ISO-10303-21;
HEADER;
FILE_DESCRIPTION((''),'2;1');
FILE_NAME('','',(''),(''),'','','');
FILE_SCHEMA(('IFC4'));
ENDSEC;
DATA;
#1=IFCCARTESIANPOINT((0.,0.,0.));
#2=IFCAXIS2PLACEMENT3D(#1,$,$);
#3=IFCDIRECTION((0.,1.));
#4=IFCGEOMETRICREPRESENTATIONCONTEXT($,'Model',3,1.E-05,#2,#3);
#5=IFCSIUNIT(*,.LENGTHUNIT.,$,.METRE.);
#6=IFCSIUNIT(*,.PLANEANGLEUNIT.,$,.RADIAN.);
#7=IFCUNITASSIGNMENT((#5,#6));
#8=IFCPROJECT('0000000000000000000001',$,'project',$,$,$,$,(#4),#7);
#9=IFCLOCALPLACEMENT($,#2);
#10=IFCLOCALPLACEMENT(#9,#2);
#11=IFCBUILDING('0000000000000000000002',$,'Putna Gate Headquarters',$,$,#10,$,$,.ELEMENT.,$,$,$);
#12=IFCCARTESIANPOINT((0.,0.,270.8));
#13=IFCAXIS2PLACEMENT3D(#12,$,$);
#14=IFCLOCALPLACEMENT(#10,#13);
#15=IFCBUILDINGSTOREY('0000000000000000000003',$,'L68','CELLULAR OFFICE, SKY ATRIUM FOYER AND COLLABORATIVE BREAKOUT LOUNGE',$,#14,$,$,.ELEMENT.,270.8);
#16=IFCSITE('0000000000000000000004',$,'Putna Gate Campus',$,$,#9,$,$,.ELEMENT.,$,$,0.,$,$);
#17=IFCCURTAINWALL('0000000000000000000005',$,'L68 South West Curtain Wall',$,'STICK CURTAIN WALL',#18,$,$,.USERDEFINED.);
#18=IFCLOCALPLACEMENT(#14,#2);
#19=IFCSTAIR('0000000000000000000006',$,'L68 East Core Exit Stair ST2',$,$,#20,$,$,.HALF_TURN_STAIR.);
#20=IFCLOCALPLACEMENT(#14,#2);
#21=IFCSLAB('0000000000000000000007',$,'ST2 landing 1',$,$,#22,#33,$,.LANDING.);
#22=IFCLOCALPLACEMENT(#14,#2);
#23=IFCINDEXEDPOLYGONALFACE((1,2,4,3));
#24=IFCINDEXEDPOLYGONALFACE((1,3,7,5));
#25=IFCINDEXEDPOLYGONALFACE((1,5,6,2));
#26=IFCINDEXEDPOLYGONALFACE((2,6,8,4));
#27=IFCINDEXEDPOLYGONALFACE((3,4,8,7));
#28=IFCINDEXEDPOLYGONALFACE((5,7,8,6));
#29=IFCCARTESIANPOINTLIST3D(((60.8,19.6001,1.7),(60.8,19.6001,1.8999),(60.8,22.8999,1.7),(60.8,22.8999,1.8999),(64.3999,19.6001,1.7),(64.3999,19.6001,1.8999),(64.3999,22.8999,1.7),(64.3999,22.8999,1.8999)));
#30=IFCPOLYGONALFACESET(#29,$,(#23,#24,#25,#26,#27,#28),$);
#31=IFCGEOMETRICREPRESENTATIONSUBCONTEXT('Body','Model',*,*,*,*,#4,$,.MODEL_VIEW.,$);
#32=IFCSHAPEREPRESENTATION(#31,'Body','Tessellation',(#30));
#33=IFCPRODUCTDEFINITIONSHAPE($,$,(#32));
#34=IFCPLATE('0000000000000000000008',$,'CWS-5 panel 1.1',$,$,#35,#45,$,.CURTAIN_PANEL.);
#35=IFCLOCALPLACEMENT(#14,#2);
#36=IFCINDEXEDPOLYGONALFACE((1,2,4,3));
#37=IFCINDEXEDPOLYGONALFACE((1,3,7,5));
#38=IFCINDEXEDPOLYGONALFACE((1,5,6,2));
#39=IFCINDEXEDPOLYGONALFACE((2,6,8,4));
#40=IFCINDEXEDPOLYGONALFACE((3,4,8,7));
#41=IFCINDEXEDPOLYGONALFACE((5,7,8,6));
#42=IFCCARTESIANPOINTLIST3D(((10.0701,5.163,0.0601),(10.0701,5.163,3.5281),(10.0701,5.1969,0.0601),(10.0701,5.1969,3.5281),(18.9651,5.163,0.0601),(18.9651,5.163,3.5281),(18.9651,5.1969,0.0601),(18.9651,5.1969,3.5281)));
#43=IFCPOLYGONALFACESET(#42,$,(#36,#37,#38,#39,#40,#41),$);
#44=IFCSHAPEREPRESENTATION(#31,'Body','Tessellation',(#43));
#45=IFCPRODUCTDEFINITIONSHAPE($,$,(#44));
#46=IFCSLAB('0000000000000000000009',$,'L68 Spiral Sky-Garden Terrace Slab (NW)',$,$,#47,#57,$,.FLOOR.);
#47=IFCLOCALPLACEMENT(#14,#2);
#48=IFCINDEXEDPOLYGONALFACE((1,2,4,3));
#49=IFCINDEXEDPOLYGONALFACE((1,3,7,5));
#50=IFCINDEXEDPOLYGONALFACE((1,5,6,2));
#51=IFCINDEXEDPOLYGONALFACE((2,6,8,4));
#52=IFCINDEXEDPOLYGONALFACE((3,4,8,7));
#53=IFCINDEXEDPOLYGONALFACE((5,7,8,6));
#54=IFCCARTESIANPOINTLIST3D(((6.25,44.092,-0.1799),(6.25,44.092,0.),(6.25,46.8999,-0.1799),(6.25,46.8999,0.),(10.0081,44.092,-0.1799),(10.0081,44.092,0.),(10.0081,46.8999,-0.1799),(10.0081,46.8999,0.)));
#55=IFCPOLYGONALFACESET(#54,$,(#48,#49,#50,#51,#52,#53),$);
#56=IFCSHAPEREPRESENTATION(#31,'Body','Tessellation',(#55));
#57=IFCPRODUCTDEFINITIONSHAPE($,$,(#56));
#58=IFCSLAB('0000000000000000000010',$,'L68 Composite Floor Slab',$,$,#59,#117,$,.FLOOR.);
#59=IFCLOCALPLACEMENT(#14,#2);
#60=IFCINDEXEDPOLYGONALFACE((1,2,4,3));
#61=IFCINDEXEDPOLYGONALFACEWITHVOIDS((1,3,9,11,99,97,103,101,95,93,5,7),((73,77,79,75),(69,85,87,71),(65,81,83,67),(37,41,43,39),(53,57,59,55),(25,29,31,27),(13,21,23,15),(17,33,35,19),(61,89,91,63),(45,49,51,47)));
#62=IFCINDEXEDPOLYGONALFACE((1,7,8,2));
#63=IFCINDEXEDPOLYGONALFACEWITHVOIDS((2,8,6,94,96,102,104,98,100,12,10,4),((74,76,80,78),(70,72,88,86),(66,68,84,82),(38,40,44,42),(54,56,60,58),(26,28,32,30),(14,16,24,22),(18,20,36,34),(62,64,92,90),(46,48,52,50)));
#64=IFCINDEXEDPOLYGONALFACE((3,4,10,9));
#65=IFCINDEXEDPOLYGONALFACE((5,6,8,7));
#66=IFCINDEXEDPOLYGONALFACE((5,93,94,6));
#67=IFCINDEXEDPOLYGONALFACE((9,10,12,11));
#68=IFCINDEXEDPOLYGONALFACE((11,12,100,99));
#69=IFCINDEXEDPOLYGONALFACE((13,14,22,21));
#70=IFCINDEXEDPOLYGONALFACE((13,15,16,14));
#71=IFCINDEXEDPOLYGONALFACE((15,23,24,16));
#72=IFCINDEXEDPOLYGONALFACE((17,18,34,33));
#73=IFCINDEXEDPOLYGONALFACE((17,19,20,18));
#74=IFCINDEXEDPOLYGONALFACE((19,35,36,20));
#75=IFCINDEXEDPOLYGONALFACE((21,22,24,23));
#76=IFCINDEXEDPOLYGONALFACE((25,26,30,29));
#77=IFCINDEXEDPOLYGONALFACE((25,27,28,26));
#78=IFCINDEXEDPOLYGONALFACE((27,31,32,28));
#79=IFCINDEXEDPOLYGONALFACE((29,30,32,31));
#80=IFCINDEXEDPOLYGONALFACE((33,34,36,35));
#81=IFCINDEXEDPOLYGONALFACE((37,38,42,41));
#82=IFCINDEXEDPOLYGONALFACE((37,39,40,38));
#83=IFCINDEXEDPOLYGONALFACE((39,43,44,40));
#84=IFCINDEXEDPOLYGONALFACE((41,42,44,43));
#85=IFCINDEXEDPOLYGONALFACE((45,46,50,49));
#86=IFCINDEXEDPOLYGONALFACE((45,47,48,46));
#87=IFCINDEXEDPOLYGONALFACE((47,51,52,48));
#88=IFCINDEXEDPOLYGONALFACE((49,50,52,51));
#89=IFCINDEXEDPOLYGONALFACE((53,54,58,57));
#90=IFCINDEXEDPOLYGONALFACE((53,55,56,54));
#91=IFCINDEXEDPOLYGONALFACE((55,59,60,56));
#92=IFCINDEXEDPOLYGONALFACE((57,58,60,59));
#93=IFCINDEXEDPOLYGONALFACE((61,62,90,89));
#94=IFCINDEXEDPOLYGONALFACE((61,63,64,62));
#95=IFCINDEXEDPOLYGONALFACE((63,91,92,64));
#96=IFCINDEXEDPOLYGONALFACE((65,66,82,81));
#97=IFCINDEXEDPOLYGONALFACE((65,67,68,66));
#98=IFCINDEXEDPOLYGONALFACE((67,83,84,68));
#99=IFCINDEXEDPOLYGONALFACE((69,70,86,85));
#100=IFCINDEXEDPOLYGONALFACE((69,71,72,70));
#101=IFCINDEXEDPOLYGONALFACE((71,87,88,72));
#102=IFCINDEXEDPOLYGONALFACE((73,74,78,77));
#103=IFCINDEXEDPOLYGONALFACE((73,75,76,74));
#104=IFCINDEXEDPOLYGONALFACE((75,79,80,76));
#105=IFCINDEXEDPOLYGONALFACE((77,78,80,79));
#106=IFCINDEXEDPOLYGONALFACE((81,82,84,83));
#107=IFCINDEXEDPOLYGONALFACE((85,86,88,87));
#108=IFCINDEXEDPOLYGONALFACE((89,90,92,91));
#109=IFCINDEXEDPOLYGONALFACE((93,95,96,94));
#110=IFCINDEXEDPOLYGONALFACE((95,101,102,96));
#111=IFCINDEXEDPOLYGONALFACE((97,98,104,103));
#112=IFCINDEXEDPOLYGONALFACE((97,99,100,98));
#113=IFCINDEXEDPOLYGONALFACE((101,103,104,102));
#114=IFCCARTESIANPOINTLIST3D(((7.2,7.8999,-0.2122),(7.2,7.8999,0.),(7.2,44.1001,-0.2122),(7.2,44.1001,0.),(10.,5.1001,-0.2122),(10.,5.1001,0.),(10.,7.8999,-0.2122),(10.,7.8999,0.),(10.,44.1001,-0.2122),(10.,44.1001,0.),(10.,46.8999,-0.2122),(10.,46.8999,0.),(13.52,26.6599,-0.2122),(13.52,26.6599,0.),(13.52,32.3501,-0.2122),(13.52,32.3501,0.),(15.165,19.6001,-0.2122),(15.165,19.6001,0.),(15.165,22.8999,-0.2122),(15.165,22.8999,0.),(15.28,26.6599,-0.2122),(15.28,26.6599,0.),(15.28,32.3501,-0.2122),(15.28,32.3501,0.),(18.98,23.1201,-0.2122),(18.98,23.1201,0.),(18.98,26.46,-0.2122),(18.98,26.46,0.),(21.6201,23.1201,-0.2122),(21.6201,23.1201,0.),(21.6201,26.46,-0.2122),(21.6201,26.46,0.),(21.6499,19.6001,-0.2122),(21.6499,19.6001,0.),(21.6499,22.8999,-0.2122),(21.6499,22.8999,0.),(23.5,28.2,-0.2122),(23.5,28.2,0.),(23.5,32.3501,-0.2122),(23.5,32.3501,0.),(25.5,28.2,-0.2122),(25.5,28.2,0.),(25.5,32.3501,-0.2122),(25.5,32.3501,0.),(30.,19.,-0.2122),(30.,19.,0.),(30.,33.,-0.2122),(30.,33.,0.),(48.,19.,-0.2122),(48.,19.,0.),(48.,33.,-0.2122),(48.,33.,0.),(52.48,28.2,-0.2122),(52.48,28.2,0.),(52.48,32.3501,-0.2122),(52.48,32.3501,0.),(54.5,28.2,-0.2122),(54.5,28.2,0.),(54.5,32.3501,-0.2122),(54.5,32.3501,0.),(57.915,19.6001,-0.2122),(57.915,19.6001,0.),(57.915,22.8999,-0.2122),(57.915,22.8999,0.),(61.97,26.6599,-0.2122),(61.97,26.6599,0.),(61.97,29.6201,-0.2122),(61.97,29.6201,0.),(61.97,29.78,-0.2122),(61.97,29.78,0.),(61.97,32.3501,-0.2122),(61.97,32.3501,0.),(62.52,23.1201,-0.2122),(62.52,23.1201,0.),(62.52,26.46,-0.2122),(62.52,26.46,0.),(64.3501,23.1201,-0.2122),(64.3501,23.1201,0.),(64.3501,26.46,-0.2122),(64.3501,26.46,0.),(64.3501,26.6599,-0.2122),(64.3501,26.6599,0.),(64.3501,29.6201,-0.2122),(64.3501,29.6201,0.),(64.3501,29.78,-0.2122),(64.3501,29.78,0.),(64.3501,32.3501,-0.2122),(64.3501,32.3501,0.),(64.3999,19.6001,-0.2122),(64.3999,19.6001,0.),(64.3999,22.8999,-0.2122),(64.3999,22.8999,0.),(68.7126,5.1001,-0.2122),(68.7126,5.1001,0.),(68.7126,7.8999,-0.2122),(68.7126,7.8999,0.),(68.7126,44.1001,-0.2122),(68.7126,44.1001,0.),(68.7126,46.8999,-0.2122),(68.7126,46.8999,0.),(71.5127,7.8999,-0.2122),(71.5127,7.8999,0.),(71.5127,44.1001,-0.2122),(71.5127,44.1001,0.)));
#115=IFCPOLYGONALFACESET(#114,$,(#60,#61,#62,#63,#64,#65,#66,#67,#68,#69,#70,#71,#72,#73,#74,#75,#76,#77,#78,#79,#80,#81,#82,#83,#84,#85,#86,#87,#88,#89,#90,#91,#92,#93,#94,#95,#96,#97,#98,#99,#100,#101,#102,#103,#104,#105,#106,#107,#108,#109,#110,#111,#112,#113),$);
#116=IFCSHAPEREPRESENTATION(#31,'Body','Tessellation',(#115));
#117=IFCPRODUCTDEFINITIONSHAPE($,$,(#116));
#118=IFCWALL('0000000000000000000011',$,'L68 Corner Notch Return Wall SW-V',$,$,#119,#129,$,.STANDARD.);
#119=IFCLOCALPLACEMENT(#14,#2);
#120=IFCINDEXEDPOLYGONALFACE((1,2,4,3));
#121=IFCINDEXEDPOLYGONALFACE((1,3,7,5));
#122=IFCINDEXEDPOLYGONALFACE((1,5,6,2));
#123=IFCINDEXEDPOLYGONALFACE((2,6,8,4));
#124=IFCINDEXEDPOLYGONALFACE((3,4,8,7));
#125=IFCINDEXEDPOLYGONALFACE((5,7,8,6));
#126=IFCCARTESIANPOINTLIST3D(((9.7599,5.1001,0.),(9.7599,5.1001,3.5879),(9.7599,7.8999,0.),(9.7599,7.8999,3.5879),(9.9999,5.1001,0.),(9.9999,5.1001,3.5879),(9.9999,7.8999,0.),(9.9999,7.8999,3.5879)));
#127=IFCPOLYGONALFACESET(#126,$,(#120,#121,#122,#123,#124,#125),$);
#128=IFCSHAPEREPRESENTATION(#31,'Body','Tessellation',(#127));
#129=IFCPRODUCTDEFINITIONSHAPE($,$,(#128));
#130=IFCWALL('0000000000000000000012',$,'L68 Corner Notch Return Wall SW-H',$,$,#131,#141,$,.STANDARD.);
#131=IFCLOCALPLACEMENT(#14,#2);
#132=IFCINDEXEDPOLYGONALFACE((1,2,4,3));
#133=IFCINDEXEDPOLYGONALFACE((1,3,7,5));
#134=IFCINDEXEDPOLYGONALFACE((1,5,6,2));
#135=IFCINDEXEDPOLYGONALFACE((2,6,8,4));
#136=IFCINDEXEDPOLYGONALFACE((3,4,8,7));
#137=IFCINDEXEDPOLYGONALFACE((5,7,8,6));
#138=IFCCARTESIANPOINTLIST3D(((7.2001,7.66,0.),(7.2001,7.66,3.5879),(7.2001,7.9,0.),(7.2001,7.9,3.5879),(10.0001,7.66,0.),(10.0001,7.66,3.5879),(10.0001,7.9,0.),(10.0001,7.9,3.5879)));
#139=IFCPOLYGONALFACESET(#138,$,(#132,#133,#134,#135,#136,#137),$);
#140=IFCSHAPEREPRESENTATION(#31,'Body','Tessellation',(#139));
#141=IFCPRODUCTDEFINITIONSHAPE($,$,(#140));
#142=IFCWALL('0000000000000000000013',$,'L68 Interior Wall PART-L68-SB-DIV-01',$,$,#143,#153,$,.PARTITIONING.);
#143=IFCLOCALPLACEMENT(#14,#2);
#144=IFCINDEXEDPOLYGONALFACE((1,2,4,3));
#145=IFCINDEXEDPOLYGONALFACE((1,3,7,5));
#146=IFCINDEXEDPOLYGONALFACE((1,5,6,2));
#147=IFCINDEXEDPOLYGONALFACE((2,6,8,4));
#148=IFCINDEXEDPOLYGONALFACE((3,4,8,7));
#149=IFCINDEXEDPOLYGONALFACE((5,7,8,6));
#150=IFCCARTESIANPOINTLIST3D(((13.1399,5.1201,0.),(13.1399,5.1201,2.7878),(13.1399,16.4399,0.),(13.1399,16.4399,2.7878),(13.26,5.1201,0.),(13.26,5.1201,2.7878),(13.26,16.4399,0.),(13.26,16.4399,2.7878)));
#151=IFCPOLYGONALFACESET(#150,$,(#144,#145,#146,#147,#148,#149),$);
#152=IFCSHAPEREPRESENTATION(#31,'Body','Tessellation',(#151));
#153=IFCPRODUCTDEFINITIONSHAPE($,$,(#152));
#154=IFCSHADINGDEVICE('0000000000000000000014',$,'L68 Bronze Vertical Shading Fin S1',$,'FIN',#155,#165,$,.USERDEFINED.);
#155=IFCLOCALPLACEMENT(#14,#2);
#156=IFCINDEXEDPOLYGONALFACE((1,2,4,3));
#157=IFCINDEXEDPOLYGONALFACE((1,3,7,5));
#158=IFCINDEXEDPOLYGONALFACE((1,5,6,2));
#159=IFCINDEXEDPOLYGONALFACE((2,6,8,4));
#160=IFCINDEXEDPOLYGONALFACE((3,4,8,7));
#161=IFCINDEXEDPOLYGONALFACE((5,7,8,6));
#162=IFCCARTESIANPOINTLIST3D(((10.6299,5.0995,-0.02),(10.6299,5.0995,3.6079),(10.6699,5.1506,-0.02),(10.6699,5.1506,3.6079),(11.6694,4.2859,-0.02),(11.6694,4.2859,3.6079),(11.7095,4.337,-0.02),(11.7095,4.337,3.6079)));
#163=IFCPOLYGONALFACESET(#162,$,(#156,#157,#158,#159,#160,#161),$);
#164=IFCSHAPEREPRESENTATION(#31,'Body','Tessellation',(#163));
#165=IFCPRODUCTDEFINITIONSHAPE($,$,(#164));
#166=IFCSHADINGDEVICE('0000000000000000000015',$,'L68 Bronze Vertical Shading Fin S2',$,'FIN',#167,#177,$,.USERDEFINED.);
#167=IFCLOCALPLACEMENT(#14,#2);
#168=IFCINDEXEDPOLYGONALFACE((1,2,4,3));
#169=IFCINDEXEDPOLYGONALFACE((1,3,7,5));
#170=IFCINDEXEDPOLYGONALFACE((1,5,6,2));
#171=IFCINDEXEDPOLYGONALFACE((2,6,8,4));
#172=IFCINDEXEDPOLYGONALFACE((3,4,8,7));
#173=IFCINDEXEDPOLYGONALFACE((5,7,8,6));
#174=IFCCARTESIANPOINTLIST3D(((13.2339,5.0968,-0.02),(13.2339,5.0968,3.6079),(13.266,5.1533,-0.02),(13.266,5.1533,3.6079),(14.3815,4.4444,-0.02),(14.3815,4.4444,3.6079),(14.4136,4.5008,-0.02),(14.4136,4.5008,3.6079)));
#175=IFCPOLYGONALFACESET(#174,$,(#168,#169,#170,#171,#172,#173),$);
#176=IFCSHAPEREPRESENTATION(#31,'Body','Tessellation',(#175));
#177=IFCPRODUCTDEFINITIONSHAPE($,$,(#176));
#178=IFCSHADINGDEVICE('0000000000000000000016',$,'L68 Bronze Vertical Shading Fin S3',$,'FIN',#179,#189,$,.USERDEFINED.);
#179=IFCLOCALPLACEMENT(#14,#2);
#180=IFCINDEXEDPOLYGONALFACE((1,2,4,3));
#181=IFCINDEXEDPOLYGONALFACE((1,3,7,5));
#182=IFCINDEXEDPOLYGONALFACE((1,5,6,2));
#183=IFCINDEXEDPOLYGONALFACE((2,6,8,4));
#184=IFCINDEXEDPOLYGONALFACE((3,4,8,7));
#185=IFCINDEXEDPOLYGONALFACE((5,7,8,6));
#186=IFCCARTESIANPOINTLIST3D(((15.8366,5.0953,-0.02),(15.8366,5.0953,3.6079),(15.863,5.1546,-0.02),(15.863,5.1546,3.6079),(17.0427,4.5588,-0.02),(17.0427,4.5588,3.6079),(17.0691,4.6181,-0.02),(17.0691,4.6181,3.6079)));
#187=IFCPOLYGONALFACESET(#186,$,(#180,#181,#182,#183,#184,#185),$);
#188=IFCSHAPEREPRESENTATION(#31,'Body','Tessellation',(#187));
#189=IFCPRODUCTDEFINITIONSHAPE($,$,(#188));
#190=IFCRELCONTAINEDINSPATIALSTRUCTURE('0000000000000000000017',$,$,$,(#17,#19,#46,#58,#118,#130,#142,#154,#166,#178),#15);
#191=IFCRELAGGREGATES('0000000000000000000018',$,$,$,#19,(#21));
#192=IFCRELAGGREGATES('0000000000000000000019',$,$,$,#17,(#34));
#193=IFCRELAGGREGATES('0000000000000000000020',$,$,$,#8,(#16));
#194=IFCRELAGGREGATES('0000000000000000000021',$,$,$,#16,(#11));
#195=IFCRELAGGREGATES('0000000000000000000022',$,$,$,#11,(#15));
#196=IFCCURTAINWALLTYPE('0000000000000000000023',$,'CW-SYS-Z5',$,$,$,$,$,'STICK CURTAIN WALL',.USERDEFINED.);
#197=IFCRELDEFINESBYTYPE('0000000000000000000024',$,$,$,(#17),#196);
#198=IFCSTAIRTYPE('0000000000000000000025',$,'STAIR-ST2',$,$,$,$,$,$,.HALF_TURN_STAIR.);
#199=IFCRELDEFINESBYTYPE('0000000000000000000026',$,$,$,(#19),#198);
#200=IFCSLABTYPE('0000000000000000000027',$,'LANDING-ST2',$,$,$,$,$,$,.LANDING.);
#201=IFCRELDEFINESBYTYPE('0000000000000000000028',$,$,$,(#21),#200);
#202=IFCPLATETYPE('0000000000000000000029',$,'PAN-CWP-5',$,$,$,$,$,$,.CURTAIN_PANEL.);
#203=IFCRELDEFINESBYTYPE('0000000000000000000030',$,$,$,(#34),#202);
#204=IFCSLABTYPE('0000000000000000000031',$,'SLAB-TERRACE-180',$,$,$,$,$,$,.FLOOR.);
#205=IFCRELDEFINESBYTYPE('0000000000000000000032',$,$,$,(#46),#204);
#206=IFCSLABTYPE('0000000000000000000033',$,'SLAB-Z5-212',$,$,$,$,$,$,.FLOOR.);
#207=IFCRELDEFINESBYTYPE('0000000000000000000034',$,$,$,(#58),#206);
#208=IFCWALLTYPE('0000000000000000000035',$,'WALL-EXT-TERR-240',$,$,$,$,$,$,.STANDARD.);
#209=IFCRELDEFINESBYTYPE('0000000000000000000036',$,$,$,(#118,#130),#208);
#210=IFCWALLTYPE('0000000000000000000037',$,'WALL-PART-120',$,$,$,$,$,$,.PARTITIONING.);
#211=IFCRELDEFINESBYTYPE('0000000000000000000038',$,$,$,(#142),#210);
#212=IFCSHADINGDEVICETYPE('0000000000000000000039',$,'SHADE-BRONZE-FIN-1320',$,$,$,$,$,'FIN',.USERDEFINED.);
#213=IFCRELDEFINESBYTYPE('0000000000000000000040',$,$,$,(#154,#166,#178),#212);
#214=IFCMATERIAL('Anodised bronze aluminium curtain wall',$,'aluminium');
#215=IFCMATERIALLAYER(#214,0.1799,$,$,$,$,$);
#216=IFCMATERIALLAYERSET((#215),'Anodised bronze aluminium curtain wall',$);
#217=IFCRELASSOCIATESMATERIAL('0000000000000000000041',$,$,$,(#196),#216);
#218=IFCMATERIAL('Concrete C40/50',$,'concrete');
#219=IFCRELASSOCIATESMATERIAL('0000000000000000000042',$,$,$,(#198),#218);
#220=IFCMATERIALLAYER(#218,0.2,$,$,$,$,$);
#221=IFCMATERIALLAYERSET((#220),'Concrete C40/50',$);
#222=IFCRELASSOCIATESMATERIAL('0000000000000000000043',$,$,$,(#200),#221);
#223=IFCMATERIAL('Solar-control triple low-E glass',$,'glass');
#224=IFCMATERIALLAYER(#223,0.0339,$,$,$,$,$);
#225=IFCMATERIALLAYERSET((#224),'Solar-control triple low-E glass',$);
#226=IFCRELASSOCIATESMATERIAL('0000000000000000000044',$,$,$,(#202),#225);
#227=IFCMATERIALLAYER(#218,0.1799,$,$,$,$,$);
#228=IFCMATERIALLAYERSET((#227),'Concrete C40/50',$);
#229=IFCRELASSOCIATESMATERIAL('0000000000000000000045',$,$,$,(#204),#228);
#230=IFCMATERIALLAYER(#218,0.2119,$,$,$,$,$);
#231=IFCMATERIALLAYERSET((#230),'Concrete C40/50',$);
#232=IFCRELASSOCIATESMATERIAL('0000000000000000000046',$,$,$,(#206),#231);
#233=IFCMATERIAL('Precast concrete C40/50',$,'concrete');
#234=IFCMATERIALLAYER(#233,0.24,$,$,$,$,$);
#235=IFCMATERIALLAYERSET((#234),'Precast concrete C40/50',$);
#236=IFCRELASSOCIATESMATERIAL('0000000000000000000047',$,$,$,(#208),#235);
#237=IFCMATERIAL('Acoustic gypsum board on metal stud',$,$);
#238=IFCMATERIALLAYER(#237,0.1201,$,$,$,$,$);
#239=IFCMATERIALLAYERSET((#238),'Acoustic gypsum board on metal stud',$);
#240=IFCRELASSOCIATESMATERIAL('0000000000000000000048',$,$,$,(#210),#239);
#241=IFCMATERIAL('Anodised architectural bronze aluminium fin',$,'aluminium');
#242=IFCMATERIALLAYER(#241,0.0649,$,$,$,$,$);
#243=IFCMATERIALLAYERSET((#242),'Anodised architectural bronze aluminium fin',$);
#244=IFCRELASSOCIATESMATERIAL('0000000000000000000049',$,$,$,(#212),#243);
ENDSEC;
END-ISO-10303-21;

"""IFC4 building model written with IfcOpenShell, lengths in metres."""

from ifc_helpers import new_model, si_unit, direction, frame, frame_2d, origin, origin_2d, place, context, subcontext, project, spatial, polyline, rectangle, outline, extrude, material, layer, layer_set, type_object, element, aggregate, save


model = new_model("IFC4")

# Units and contexts
model_context = context("Model", 3, precision=1e-05, world=origin(), true_north=direction((0.0, 1.0)))
body_context = subcontext(model_context, "Body", "Model", "MODEL_VIEW")
ifc_project = project(units=[si_unit("LENGTHUNIT", "METRE"), si_unit("PLANEANGLEUNIT", "RADIAN")], contexts=[model_context])

# Site, building, storey
site_placement = place(None, origin())
site = spatial("IfcSite", under=ifc_project, at=site_placement, Name="Putna Gate Campus", CompositionType="ELEMENT", RefElevation=0.0)
building_placement = place(site_placement, origin())
building = spatial("IfcBuilding", under=site, at=building_placement, Name="Putna Gate Headquarters", CompositionType="ELEMENT")
storey_placement = place(building_placement, frame((0.0, 0.0, 270.8)))
storey = spatial("IfcBuildingStorey", under=building, at=storey_placement, Name="L68", Description="CELLULAR OFFICE, SKY ATRIUM FOYER AND COLLABORATIVE BREAKOUT LOUNGE", CompositionType="ELEMENT", Elevation=270.8)

# Curtain wall
ifc_material_1 = material(Name="Anodised bronze aluminium curtain wall", Category="aluminium")
ifc_layer_1 = layer(ifc_material_1, 0.1799)
ifc_layer_set_1 = layer_set([ifc_layer_1], Name="Anodised bronze aluminium curtain wall")
curtain_wall_type = type_object("IfcCurtainWallType", Name="CW-SYS-Z5", ElementType="STICK CURTAIN WALL", PredefinedType="USERDEFINED", material=ifc_layer_set_1)
curtain_wall_1_placement = place(storey_placement, origin())
curtain_wall_1 = element("IfcCurtainWall", 1, at=curtain_wall_1_placement, inside=storey, type_object=curtain_wall_type, Name="L68 South West Curtain Wall", ObjectType="STICK CURTAIN WALL", PredefinedType="USERDEFINED")

# Stair, slab
ifc_material_2 = material(Name="Concrete C40/50", Category="concrete")
stair_type_1 = type_object("IfcStairType", Name="STAIR-ST2", PredefinedType="HALF_TURN_STAIR", material=ifc_material_2)
stair_1_placement = place(storey_placement, origin())
stair_1 = element("IfcStair", 2, at=stair_1_placement, inside=storey, type_object=stair_type_1, Name="L68 East Core Exit Stair ST2", PredefinedType="HALF_TURN_STAIR")
ifc_layer_2 = layer(ifc_material_2, 0.2)
ifc_layer_set_2 = layer_set([ifc_layer_2], Name="Concrete C40/50")
slab_type_1 = type_object("IfcSlabType", Name="LANDING-ST2", PredefinedType="LANDING", material=ifc_layer_set_2)
slab_1_placement = place(storey_placement, frame((0.0, 0.0, 1.7)))
slab_1 = element("IfcSlab", 3, at=slab_1_placement, type_object=slab_type_1, Name="ST2 landing 1", PredefinedType="LANDING", context=body_context, shape_type="SweptSolid", body=[
    extrude(outline(polyline([(60.8, 19.6001), (64.3999, 19.6001), (64.3999, 22.8999), (60.8, 22.8999), (60.8, 19.6001)])), origin(), (0.0, 0.0, 1.0), 0.2),
])
aggregate(stair_1, [slab_1])

# Plate
ifc_material_3 = material(Name="Solar-control triple low-E glass", Category="glass")
ifc_layer_3 = layer(ifc_material_3, 0.0339)
ifc_layer_set_3 = layer_set([ifc_layer_3], Name="Solar-control triple low-E glass")
plate_type = type_object("IfcPlateType", Name="PAN-CWP-5", PredefinedType="CURTAIN_PANEL", material=ifc_layer_set_3)
plate_placement = place(storey_placement, frame((14.5176, 5.1799, 0.0601), z_axis=(0.0, 0.0, 1.0), x_axis=(1.0, 0.0, 0.0)))
plate = element("IfcPlate", 4, at=plate_placement, type_object=plate_type, Name="CWS-5 panel 1.1", PredefinedType="CURTAIN_PANEL", context=body_context, shape_type="SweptSolid", body=[
    extrude(rectangle(XDim=8.895, YDim=0.0339, at=origin_2d()), origin(), (0.0, 0.0, 1.0), 3.468),
])
aggregate(curtain_wall_1, [plate])

# Slabs
ifc_layer_4 = layer(ifc_material_2, 0.1799)
ifc_layer_set_4 = layer_set([ifc_layer_4], Name="Concrete C40/50")
slab_type_2 = type_object("IfcSlabType", Name="SLAB-TERRACE-180", PredefinedType="FLOOR", material=ifc_layer_set_4)
slab_2_placement = place(storey_placement, frame((0.0, 0.0, -0.1799)))
element("IfcSlab", 5, at=slab_2_placement, inside=storey, type_object=slab_type_2, Name="L68 Spiral Sky-Garden Terrace Slab (NW)", PredefinedType="FLOOR", context=body_context, shape_type="SweptSolid", body=[
    extrude(outline(polyline([(6.25, 44.092), (10.0081, 44.092), (10.0081, 46.8999), (6.25, 46.8999), (6.25, 44.092)])), origin(), (0.0, 0.0, 1.0), 0.1799),
])
ifc_layer_5 = layer(ifc_material_2, 0.2119)
ifc_layer_set_5 = layer_set([ifc_layer_5], Name="Concrete C40/50")
slab_type_3 = type_object("IfcSlabType", Name="SLAB-Z5-212", PredefinedType="FLOOR", material=ifc_layer_set_5)
slab_3_placement = place(storey_placement, frame((0.0, 0.0, -0.2122)))
element("IfcSlab", 6, at=slab_3_placement, inside=storey, type_object=slab_type_3, Name="L68 Composite Floor Slab", PredefinedType="FLOOR", context=body_context, shape_type="SweptSolid", body=[
    extrude(outline(polyline([(10.0, 5.1001), (68.7126, 5.1001), (68.7126, 7.8999), (71.5127, 7.8999), (71.5127, 44.1001), (68.7126, 44.1001), (68.7126, 46.8999), (10.0, 46.8999), (10.0, 44.1001), (7.2, 44.1001), (7.2, 7.8999), (10.0, 7.8999), (10.0, 5.1001)]), holes=[polyline([(15.165, 19.6001), (21.6499, 19.6001), (21.6499, 22.8999), (15.165, 22.8999), (15.165, 19.6001)]), polyline([(57.915, 19.6001), (64.3999, 19.6001), (64.3999, 22.8999), (57.915, 22.8999), (57.915, 19.6001)]), polyline([(13.52, 26.6599), (15.28, 26.6599), (15.28, 32.3501), (13.52, 32.3501), (13.52, 26.6599)]), polyline([(61.97, 29.78), (64.3501, 29.78), (64.3501, 32.3501), (61.97, 32.3501), (61.97, 29.78)]), polyline([(18.98, 23.1201), (21.6201, 23.1201), (21.6201, 26.46), (18.98, 26.46), (18.98, 23.1201)]), polyline([(62.52, 23.1201), (64.3501, 23.1201), (64.3501, 26.46), (62.52, 26.46), (62.52, 23.1201)]), polyline([(61.97, 26.6599), (64.3501, 26.6599), (64.3501, 29.6201), (61.97, 29.6201), (61.97, 26.6599)]), polyline([(23.5, 28.2), (25.5, 28.2), (25.5, 32.3501), (23.5, 32.3501), (23.5, 28.2)]), polyline([(52.48, 28.2), (54.5, 28.2), (54.5, 32.3501), (52.48, 32.3501), (52.48, 28.2)]), polyline([(30.0, 19.0), (48.0, 19.0), (48.0, 33.0), (30.0, 33.0), (30.0, 19.0)])]), origin(), (0.0, 0.0, 1.0), 0.2122),
])

# Walls
ifc_material_4 = material(Name="Precast concrete C40/50", Category="concrete")
ifc_layer_6 = layer(ifc_material_4, 0.24)
ifc_layer_set_6 = layer_set([ifc_layer_6], Name="Precast concrete C40/50")
wall_type_1 = type_object("IfcWallType", Name="WALL-EXT-TERR-240", PredefinedType="STANDARD", material=ifc_layer_set_6)
wall_1_placement = place(storey_placement, frame((9.8799, 5.1001, 0.0), z_axis=(0.0, 0.0, 1.0), x_axis=(0.0, 1.0, 0.0)))
element("IfcWall", 7, at=wall_1_placement, inside=storey, type_object=wall_type_1, Name="L68 Corner Notch Return Wall SW-V", PredefinedType="STANDARD", context=body_context, shape_type="SweptSolid", body=[
    extrude(rectangle(XDim=2.7998, YDim=0.24, at=frame_2d((1.3999, 0.0))), origin(), (0.0, 0.0, 1.0), 3.5879),
])
wall_2_placement = place(storey_placement, frame((10.0, 7.78, 0.0), z_axis=(0.0, 0.0, 1.0), x_axis=(-1.0, 0.0, 0.0)))
element("IfcWall", 8, at=wall_2_placement, inside=storey, type_object=wall_type_1, Name="L68 Corner Notch Return Wall SW-H", PredefinedType="STANDARD", context=body_context, shape_type="SweptSolid", body=[
    extrude(rectangle(XDim=2.8, YDim=0.24, at=frame_2d((1.3999, 0.0))), origin(), (0.0, 0.0, 1.0), 3.5879),
])
ifc_material_5 = material(Name="Acoustic gypsum board on metal stud")
ifc_layer_7 = layer(ifc_material_5, 0.1201)
ifc_layer_set_7 = layer_set([ifc_layer_7], Name="Acoustic gypsum board on metal stud")
wall_type_2 = type_object("IfcWallType", Name="WALL-PART-120", PredefinedType="PARTITIONING", material=ifc_layer_set_7)
wall_3_placement = place(storey_placement, frame((13.2, 5.1201, 0.0), z_axis=(0.0, 0.0, 1.0), x_axis=(0.0, 1.0, 0.0)))
element("IfcWall", 9, at=wall_3_placement, inside=storey, type_object=wall_type_2, Name="L68 Interior Wall PART-L68-SB-DIV-01", PredefinedType="PARTITIONING", context=body_context, shape_type="SweptSolid", body=[
    extrude(rectangle(XDim=11.3198, YDim=0.1201, at=frame_2d((5.6599, 0.0))), origin(), (0.0, 0.0, 1.0), 2.7878),
])

# Shading devices
ifc_material_6 = material(Name="Anodised architectural bronze aluminium fin", Category="aluminium")
ifc_layer_8 = layer(ifc_material_6, 0.0649)
ifc_layer_set_8 = layer_set([ifc_layer_8], Name="Anodised architectural bronze aluminium fin")
shading_device_type_1 = type_object("IfcShadingDeviceType", Name="SHADE-BRONZE-FIN-1320", ElementType="FIN", PredefinedType="USERDEFINED", material=ifc_layer_set_8)
for number, where, z_axis, x_axis, name in (
    (10, (11.1697, 4.7183, -0.02), (0.0, 0.0, 1.0), (0.787473, -0.616349, 0.0), "L68 Bronze Vertical Shading Fin S1"),
    (11, (13.8237, 4.7988, -0.02), (0.0, 0.0, 1.0), (0.869322, -0.494245, 0.0), "L68 Bronze Vertical Shading Fin S2"),
    (12, (16.4529, 4.8567, -0.02), (0.0, 0.0, 1.0), (0.913687, -0.406418, 0.0), "L68 Bronze Vertical Shading Fin S3"),
):
    element("IfcShadingDevice", number, at=place(storey_placement, frame(where, z_axis=z_axis, x_axis=x_axis)), inside=storey, type_object=shading_device_type_1, Name=name, ObjectType="FIN", PredefinedType="USERDEFINED", context=body_context, shape_type="SweptSolid", body=[
        extrude(rectangle(XDim=1.3201, YDim=0.0649, at=origin_2d()), origin(), (0.0, 0.0, 1.0), 3.6279),
    ])

save(model, "model.ifc")
